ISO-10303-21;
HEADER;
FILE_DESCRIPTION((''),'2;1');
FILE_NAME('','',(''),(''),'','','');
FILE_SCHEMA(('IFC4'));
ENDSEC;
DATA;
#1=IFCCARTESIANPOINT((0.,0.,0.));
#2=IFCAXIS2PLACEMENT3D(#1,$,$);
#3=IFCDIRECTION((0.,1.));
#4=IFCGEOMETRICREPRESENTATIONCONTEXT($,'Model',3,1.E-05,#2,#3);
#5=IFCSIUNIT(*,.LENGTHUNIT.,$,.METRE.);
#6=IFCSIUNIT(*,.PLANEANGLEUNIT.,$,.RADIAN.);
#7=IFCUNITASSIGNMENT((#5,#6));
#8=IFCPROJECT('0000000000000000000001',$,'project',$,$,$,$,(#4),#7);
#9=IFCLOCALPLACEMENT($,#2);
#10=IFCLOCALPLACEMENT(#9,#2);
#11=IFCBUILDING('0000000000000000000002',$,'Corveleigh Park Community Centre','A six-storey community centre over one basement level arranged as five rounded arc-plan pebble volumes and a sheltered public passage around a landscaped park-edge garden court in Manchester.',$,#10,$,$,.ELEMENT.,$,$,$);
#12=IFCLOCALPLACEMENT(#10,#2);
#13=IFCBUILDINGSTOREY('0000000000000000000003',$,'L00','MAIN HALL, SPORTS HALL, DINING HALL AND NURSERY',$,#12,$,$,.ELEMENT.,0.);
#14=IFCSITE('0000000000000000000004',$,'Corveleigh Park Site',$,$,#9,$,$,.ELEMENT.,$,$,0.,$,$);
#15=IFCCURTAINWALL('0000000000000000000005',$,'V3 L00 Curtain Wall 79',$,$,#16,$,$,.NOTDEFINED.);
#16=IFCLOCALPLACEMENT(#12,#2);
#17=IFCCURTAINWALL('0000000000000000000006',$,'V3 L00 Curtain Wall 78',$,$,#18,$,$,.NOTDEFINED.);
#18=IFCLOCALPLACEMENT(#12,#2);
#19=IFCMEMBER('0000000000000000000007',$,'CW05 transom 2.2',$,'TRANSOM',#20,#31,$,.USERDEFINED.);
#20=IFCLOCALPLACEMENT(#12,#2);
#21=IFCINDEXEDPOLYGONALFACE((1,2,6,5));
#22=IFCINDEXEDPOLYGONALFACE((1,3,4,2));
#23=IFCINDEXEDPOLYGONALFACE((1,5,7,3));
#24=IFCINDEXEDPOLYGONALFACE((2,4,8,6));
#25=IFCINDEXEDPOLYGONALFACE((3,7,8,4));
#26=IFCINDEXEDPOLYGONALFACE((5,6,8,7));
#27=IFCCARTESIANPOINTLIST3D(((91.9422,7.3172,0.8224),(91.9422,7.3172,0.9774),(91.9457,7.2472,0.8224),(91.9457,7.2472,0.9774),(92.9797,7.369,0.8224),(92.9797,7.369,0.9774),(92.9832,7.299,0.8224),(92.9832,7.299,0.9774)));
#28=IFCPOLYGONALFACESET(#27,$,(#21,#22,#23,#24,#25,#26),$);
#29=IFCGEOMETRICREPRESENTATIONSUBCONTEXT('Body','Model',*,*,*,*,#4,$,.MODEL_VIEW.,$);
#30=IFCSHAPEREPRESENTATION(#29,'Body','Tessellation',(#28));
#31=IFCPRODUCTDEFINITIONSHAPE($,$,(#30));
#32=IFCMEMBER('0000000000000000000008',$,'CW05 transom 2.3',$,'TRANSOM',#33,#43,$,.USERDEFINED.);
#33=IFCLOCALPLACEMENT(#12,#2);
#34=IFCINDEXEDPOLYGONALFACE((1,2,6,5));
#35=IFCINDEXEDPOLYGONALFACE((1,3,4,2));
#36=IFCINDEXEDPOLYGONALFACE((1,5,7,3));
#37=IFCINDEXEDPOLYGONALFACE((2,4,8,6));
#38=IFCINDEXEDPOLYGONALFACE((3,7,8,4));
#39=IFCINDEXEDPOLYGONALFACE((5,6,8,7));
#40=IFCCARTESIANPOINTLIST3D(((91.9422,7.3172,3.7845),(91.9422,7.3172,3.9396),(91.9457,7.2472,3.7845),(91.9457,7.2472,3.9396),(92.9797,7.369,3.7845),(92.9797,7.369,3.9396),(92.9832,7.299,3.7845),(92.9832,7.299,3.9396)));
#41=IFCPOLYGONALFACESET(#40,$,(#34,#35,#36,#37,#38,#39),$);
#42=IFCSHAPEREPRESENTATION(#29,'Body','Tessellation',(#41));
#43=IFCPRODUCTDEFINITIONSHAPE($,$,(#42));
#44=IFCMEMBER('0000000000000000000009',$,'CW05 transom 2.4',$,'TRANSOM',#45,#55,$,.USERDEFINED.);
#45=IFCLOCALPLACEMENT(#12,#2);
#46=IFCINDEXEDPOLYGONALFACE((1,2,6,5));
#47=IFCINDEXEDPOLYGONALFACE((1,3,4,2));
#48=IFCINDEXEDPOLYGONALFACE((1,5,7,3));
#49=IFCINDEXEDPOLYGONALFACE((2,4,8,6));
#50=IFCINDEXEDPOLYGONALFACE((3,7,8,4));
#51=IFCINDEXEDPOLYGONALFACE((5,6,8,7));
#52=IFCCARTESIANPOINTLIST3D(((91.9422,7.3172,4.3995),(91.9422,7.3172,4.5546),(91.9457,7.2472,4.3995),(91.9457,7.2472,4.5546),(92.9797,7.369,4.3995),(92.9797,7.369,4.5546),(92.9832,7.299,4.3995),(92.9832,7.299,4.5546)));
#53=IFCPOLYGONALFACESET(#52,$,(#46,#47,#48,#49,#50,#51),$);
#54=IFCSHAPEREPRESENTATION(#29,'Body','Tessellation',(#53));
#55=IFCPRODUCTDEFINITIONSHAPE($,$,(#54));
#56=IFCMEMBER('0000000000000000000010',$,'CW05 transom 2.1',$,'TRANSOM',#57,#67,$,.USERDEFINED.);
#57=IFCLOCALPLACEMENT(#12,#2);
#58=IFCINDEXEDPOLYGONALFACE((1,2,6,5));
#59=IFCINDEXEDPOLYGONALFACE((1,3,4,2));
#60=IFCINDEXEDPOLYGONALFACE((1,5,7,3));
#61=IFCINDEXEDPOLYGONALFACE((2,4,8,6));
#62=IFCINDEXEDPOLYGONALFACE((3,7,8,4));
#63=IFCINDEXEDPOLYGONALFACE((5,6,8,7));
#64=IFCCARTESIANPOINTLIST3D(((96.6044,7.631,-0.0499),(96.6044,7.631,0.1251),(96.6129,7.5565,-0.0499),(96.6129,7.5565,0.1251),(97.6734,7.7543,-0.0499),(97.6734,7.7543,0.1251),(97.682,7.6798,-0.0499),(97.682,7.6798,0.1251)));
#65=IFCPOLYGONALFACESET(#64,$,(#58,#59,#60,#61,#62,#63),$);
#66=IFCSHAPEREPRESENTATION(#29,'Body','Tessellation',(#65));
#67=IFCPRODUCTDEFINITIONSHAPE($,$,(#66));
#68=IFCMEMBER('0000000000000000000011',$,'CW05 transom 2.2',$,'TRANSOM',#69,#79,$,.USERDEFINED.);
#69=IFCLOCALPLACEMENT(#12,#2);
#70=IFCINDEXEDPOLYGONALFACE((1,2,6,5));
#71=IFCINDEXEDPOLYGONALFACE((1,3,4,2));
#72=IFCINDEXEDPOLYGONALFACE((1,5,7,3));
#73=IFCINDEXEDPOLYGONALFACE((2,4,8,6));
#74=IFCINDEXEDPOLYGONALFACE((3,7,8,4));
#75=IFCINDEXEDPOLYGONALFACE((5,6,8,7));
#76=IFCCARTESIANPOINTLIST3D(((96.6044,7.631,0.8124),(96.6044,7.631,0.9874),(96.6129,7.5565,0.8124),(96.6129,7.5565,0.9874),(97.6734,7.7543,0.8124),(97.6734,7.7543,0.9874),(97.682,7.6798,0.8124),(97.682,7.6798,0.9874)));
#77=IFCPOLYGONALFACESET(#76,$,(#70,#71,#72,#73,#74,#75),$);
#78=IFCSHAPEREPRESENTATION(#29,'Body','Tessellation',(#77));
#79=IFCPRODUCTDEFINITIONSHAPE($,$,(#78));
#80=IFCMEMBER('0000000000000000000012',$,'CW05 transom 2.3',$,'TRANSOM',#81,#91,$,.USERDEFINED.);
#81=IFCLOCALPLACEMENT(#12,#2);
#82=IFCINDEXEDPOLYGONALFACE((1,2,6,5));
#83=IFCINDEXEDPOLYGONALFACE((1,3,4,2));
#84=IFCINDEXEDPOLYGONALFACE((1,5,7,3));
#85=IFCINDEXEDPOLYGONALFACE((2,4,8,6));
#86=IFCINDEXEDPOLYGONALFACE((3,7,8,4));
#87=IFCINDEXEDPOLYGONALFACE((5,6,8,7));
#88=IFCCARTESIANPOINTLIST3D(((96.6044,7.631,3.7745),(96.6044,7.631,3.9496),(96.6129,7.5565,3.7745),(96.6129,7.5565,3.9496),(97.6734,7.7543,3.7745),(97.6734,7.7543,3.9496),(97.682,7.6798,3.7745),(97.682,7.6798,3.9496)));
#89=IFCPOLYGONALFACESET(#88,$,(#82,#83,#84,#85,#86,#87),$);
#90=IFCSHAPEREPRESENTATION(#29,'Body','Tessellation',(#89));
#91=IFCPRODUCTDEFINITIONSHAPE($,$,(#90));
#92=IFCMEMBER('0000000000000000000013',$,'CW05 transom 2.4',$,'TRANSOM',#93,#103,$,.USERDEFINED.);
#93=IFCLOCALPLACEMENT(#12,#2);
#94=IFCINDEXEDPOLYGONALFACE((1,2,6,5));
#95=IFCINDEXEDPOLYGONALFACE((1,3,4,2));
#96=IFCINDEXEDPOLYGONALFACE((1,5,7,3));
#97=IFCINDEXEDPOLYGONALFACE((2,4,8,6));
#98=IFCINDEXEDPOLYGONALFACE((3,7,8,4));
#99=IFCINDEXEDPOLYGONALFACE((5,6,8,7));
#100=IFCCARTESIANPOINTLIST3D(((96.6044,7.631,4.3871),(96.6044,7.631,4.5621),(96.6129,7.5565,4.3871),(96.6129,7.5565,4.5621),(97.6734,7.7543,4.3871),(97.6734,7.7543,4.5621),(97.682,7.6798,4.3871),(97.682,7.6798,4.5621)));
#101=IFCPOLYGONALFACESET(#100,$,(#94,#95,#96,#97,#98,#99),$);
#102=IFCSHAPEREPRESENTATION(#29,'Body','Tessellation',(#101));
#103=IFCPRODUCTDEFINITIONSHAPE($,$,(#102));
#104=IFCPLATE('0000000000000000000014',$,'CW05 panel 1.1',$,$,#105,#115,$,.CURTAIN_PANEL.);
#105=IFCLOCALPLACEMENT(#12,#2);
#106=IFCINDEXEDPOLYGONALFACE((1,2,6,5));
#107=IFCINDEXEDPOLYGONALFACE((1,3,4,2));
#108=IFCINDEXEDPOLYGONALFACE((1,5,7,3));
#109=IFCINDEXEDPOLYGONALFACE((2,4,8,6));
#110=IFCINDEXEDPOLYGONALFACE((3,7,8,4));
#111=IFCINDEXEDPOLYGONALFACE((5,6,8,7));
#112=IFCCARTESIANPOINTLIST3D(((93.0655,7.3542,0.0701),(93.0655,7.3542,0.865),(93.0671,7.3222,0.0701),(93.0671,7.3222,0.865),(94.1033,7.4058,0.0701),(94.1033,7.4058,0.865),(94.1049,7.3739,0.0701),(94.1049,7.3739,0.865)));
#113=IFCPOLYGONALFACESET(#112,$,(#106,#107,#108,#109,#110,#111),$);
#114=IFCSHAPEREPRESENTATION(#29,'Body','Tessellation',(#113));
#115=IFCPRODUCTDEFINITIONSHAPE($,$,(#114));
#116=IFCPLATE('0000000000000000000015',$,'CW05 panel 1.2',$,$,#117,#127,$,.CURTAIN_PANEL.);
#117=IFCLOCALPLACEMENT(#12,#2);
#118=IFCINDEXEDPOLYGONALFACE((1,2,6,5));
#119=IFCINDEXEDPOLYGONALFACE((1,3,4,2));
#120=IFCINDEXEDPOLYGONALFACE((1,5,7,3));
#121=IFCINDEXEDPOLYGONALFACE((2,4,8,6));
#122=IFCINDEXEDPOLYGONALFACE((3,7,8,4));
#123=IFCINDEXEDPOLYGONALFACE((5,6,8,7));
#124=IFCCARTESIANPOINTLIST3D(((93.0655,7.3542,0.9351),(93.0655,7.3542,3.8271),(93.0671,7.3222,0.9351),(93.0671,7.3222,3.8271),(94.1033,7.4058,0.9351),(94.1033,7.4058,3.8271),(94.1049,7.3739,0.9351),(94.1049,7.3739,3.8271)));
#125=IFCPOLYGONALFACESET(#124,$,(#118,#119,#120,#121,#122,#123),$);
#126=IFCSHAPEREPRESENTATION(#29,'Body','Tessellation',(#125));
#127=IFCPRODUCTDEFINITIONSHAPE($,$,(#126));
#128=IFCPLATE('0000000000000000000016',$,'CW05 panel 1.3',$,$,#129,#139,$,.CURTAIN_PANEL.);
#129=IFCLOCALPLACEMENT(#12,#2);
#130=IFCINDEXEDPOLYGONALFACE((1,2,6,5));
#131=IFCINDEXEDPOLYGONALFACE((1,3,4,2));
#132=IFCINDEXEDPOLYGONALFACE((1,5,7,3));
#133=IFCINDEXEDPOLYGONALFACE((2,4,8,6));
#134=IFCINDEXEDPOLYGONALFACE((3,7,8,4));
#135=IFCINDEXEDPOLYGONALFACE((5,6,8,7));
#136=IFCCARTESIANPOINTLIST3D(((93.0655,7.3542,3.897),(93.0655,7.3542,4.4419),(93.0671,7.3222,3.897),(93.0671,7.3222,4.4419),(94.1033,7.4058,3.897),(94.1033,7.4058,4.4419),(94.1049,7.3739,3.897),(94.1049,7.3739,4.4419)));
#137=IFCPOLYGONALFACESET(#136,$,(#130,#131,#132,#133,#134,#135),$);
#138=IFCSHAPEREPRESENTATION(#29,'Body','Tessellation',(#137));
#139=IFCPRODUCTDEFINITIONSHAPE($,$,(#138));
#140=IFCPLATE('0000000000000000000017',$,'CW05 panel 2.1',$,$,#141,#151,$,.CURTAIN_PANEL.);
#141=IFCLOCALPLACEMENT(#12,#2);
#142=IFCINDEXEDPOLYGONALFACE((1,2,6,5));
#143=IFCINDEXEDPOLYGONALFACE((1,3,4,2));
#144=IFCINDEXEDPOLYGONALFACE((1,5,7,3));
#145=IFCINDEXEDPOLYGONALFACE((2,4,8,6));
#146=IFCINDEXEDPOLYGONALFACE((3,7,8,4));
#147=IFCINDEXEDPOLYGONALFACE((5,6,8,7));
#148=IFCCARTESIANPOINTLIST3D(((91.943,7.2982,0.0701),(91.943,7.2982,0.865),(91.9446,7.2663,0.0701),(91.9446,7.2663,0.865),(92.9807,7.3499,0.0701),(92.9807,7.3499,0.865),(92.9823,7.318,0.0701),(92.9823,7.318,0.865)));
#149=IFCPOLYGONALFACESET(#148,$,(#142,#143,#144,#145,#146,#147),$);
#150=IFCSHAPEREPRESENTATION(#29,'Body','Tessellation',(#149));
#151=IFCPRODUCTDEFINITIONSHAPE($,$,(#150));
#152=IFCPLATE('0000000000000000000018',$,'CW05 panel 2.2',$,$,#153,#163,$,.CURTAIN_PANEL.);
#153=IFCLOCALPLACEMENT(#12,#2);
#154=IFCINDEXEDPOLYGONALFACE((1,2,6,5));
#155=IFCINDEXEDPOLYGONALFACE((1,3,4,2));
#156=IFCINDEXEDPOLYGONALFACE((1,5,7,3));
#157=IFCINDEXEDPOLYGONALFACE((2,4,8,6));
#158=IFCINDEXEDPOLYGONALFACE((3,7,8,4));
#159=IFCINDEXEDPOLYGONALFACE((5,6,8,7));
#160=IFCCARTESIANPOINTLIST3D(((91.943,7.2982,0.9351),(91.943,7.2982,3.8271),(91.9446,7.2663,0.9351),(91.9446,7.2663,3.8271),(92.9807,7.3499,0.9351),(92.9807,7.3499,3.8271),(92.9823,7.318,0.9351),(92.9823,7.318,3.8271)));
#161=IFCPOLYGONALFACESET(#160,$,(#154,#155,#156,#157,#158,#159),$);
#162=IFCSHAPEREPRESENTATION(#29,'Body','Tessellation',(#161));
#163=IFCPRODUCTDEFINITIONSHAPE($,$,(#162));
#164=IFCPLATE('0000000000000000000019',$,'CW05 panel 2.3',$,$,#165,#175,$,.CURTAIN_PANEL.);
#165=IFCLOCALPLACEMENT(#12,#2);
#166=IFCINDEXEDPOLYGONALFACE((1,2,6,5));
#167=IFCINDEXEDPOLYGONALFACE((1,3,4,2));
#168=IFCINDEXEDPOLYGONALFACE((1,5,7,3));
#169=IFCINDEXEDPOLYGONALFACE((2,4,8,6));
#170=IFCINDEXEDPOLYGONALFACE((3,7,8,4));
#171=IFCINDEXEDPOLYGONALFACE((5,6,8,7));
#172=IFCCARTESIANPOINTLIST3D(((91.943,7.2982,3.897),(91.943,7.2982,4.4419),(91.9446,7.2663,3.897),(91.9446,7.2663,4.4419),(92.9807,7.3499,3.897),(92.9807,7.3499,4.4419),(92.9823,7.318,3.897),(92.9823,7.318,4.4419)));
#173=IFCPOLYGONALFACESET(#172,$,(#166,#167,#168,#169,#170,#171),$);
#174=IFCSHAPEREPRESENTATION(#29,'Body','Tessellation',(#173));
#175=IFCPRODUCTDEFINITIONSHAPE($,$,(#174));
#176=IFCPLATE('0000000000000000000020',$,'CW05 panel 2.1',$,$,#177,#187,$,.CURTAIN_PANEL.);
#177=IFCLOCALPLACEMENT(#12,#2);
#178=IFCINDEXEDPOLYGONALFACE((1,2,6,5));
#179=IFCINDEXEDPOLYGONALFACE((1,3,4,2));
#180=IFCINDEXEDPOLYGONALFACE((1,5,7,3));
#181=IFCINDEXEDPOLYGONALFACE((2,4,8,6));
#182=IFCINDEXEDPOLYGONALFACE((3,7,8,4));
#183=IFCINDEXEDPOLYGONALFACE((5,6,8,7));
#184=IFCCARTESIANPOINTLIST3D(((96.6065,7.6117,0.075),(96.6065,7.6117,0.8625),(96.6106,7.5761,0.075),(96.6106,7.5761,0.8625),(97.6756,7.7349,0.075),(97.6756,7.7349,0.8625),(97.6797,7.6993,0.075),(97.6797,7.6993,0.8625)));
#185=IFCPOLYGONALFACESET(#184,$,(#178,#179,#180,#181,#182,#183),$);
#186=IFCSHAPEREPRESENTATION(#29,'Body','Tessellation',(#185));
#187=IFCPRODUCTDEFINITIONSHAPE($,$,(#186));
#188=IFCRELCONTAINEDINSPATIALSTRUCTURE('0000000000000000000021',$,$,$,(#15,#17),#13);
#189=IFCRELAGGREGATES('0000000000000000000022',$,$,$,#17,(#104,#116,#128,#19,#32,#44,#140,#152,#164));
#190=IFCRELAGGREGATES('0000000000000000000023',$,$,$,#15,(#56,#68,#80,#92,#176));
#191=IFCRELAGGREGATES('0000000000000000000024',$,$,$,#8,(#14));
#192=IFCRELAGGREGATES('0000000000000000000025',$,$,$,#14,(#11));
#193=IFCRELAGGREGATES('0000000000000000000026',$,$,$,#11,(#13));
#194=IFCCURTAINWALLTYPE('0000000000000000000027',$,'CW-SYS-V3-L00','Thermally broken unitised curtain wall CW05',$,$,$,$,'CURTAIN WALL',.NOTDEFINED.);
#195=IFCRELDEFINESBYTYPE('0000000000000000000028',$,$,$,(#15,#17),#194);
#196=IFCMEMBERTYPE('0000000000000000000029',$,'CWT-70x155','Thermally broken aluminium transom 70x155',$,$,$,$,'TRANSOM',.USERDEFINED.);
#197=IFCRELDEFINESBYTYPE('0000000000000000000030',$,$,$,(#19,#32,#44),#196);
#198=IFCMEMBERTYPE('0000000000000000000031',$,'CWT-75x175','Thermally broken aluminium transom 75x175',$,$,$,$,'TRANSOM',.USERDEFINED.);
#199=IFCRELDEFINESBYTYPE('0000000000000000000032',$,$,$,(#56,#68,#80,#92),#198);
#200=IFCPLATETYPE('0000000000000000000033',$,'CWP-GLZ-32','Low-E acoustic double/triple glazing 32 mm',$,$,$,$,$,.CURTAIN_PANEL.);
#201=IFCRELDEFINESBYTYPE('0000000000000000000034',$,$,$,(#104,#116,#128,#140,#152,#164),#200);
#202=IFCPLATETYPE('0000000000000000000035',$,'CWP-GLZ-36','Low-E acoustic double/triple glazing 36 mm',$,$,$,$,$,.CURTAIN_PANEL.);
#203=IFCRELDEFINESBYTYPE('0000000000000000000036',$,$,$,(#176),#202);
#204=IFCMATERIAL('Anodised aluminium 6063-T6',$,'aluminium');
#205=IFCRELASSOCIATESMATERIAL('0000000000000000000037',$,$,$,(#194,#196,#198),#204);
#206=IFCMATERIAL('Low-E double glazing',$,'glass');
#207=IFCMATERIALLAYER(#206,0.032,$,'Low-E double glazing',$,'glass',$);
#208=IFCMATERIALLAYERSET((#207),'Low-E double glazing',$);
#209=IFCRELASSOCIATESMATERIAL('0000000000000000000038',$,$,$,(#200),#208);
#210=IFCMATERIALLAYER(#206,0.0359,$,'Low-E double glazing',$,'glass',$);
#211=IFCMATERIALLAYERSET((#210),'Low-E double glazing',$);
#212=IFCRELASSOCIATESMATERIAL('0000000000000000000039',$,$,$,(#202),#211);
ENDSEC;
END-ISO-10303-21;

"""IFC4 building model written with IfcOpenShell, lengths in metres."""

from ifc_helpers import new_model, si_unit, direction, frame, origin, origin_2d, place, context, subcontext, project, spatial, rectangle, extrude, material, layer, layer_set, material_profile, profile_set, type_object, element, aggregate, save


model = new_model("IFC4")

# Units and contexts
model_context = context("Model", 3, precision=1e-05, world=origin(), true_north=direction((0.0, 1.0)))
body_context = subcontext(model_context, "Body", "Model", "MODEL_VIEW")
ifc_project = project(units=[si_unit("LENGTHUNIT", "METRE"), si_unit("PLANEANGLEUNIT", "RADIAN")], contexts=[model_context])

# Site, building, storey
site_placement = place(None, origin())
site = spatial("IfcSite", under=ifc_project, at=site_placement, Name="Corveleigh Park Site", CompositionType="ELEMENT", RefElevation=0.0)
building_placement = place(site_placement, origin())
building = spatial("IfcBuilding", under=site, at=building_placement, Name="Corveleigh Park Community Centre", Description="A six-storey community centre over one basement level arranged as five rounded arc-plan pebble volumes and a sheltered public passage around a landscaped park-edge garden court in Manchester.", CompositionType="ELEMENT")
storey_placement = place(building_placement, origin())
storey = spatial("IfcBuildingStorey", under=building, at=storey_placement, Name="L00", Description="MAIN HALL, SPORTS HALL, DINING HALL AND NURSERY", CompositionType="ELEMENT", Elevation=0.0)

# Curtain wall
ifc_material_1 = material(Name="Anodised aluminium 6063-T6", Category="aluminium")
curtain_wall_type = type_object("IfcCurtainWallType", Name="CW-SYS-V3-L00", Description="Thermally broken unitised curtain wall CW05", ElementType="CURTAIN WALL", PredefinedType="NOTDEFINED", material=ifc_material_1)
curtain_wall_1_placement = place(storey_placement, origin())
curtain_wall_1 = element("IfcCurtainWall", 1, at=curtain_wall_1_placement, inside=storey, type_object=curtain_wall_type, Name="V3 L00 Curtain Wall 79", PredefinedType="NOTDEFINED")

# Curtain wall
curtain_wall_2_placement = place(storey_placement, origin())
curtain_wall_2 = element("IfcCurtainWall", 2, at=curtain_wall_2_placement, inside=storey, type_object=curtain_wall_type, Name="V3 L00 Curtain Wall 78", PredefinedType="NOTDEFINED")

# Members
ifc_material_profile_1 = material_profile(ifc_material_1, rectangle(XDim=0.0701, YDim=0.155, at=origin_2d()), Name="ALU-T70x155", Category="aluminium")
ifc_profile_set_1 = profile_set([ifc_material_profile_1], Name="Anodised aluminium 6063-T6")
member_type_1 = type_object("IfcMemberType", Name="CWT-70x155", Description="Thermally broken aluminium transom 70x155", ElementType="TRANSOM", PredefinedType="USERDEFINED", material=ifc_profile_set_1)
member_1_placement = place(storey_placement, frame((92.9814, 7.334, 0.8999), z_axis=(-0.998758, -0.04982, 0.0), x_axis=(0.04982, -0.998758, 0.0)))
member_1 = element("IfcMember", 3, at=member_1_placement, type_object=member_type_1, Name="CW05 transom 2.2", ObjectType="TRANSOM", PredefinedType="USERDEFINED", context=body_context, shape_type="SweptSolid", body=[
    extrude(rectangle(XDim=0.0701, YDim=0.155, at=origin_2d()), origin(), (0.0, 0.0, 1.0), 1.0388),
])
member_2_placement = place(storey_placement, frame((92.9814, 7.334, 3.8621), z_axis=(-0.998758, -0.04982, 0.0), x_axis=(0.04982, -0.998758, 0.0)))
member_2 = element("IfcMember", 4, at=member_2_placement, type_object=member_type_1, Name="CW05 transom 2.3", ObjectType="TRANSOM", PredefinedType="USERDEFINED", context=body_context, shape_type="SweptSolid", body=[
    extrude(rectangle(XDim=0.0701, YDim=0.155, at=origin_2d()), origin(), (0.0, 0.0, 1.0), 1.0388),
])
member_3_placement = place(storey_placement, frame((92.9814, 7.334, 4.4771), z_axis=(-0.998758, -0.04982, 0.0), x_axis=(0.04982, -0.998758, 0.0)))
member_3 = element("IfcMember", 5, at=member_3_placement, type_object=member_type_1, Name="CW05 transom 2.4", ObjectType="TRANSOM", PredefinedType="USERDEFINED", context=body_context, shape_type="SweptSolid", body=[
    extrude(rectangle(XDim=0.0701, YDim=0.155, at=origin_2d()), origin(), (0.0, 0.0, 1.0), 1.0388),
])
ifc_material_profile_2 = material_profile(ifc_material_1, rectangle(XDim=0.075, YDim=0.175, at=origin_2d()), Name="ALU-T75x175", Category="aluminium")
ifc_profile_set_2 = profile_set([ifc_material_profile_2], Name="Anodised aluminium 6063-T6")
member_type_2 = type_object("IfcMemberType", Name="CWT-75x175", Description="Thermally broken aluminium transom 75x175", ElementType="TRANSOM", PredefinedType="USERDEFINED", material=ifc_profile_set_2)
member_4_placement = place(storey_placement, frame((97.6777, 7.717, 0.0376), z_axis=(-0.993416, -0.114564, 0.0), x_axis=(0.114564, -0.993416, 0.0)))
member_4 = element("IfcMember", 6, at=member_4_placement, type_object=member_type_2, Name="CW05 transom 2.1", ObjectType="TRANSOM", PredefinedType="USERDEFINED", context=body_context, shape_type="SweptSolid", body=[
    extrude(rectangle(XDim=0.075, YDim=0.175, at=origin_2d()), origin(), (0.0, 0.0, 1.0), 1.0762),
])
member_5_placement = place(storey_placement, frame((97.6777, 7.717, 0.8999), z_axis=(-0.993416, -0.114564, 0.0), x_axis=(0.114564, -0.993416, 0.0)))
member_5 = element("IfcMember", 7, at=member_5_placement, type_object=member_type_2, Name="CW05 transom 2.2", ObjectType="TRANSOM", PredefinedType="USERDEFINED", context=body_context, shape_type="SweptSolid", body=[
    extrude(rectangle(XDim=0.075, YDim=0.175, at=origin_2d()), origin(), (0.0, 0.0, 1.0), 1.0762),
])
member_6_placement = place(storey_placement, frame((97.6777, 7.717, 3.8621), z_axis=(-0.993416, -0.114564, 0.0), x_axis=(0.114564, -0.993416, 0.0)))
member_6 = element("IfcMember", 8, at=member_6_placement, type_object=member_type_2, Name="CW05 transom 2.3", ObjectType="TRANSOM", PredefinedType="USERDEFINED", context=body_context, shape_type="SweptSolid", body=[
    extrude(rectangle(XDim=0.075, YDim=0.175, at=origin_2d()), origin(), (0.0, 0.0, 1.0), 1.0762),
])
member_7_placement = place(storey_placement, frame((97.6777, 7.717, 4.4746), z_axis=(-0.993416, -0.114564, 0.0), x_axis=(0.114564, -0.993416, 0.0)))
member_7 = element("IfcMember", 9, at=member_7_placement, type_object=member_type_2, Name="CW05 transom 2.4", ObjectType="TRANSOM", PredefinedType="USERDEFINED", context=body_context, shape_type="SweptSolid", body=[
    extrude(rectangle(XDim=0.075, YDim=0.175, at=origin_2d()), origin(), (0.0, 0.0, 1.0), 1.0762),
])

# Plates
ifc_material_2 = material(Name="Low-E double glazing", Category="glass")
ifc_layer_1 = layer(ifc_material_2, 0.032, Name="Low-E double glazing", Category="glass")
ifc_layer_set_1 = layer_set([ifc_layer_1], Name="Low-E double glazing")
plate_type_1 = type_object("IfcPlateType", Name="CWP-GLZ-32", Description="Low-E acoustic double/triple glazing 32 mm", PredefinedType="CURTAIN_PANEL", material=ifc_layer_set_1)
plate_1_placement = place(storey_placement, frame((93.5852, 7.364, 0.0701), z_axis=(0.0, 0.0, 1.0), x_axis=(-0.998763, -0.049724, 0.0)))
plate_1 = element("IfcPlate", 10, at=plate_1_placement, type_object=plate_type_1, Name="CW05 panel 1.1", PredefinedType="CURTAIN_PANEL", context=body_context, shape_type="SweptSolid", body=[
    extrude(rectangle(XDim=1.0391, YDim=0.032, at=origin_2d()), origin(), (0.0, 0.0, 1.0), 0.7949),
])
plate_2_placement = place(storey_placement, frame((93.5852, 7.364, 0.9351), z_axis=(0.0, 0.0, 1.0), x_axis=(-0.998763, -0.049724, 0.0)))
plate_2 = element("IfcPlate", 11, at=plate_2_placement, type_object=plate_type_1, Name="CW05 panel 1.2", PredefinedType="CURTAIN_PANEL", context=body_context, shape_type="SweptSolid", body=[
    extrude(rectangle(XDim=1.0391, YDim=0.032, at=origin_2d()), origin(), (0.0, 0.0, 1.0), 2.8921),
])
plate_3_placement = place(storey_placement, frame((93.5852, 7.364, 3.897), z_axis=(0.0, 0.0, 1.0), x_axis=(-0.998763, -0.049724, 0.0)))
plate_3 = element("IfcPlate", 12, at=plate_3_placement, type_object=plate_type_1, Name="CW05 panel 1.3", PredefinedType="CURTAIN_PANEL", context=body_context, shape_type="SweptSolid", body=[
    extrude(rectangle(XDim=1.0391, YDim=0.032, at=origin_2d()), origin(), (0.0, 0.0, 1.0), 0.5449),
])
plate_4_placement = place(storey_placement, frame((92.4626, 7.3081, 0.0701), z_axis=(0.0, 0.0, 1.0), x_axis=(-0.998763, -0.049724, 0.0)))
plate_4 = element("IfcPlate", 13, at=plate_4_placement, type_object=plate_type_1, Name="CW05 panel 2.1", PredefinedType="CURTAIN_PANEL", context=body_context, shape_type="SweptSolid", body=[
    extrude(rectangle(XDim=1.0391, YDim=0.032, at=origin_2d()), origin(), (0.0, 0.0, 1.0), 0.7949),
])
plate_5_placement = place(storey_placement, frame((92.4626, 7.3081, 0.9351), z_axis=(0.0, 0.0, 1.0), x_axis=(-0.998763, -0.049724, 0.0)))
plate_5 = element("IfcPlate", 14, at=plate_5_placement, type_object=plate_type_1, Name="CW05 panel 2.2", PredefinedType="CURTAIN_PANEL", context=body_context, shape_type="SweptSolid", body=[
    extrude(rectangle(XDim=1.0391, YDim=0.032, at=origin_2d()), origin(), (0.0, 0.0, 1.0), 2.8921),
])
plate_6_placement = place(storey_placement, frame((92.4626, 7.3081, 3.897), z_axis=(0.0, 0.0, 1.0), x_axis=(-0.998763, -0.049724, 0.0)))
plate_6 = element("IfcPlate", 15, at=plate_6_placement, type_object=plate_type_1, Name="CW05 panel 2.3", PredefinedType="CURTAIN_PANEL", context=body_context, shape_type="SweptSolid", body=[
    extrude(rectangle(XDim=1.0391, YDim=0.032, at=origin_2d()), origin(), (0.0, 0.0, 1.0), 0.5449),
])
aggregate(curtain_wall_2, [plate_1, plate_2, plate_3, member_1, member_2, member_3, plate_4, plate_5, plate_6])
ifc_layer_2 = layer(ifc_material_2, 0.0359, Name="Low-E double glazing", Category="glass")
ifc_layer_set_2 = layer_set([ifc_layer_2], Name="Low-E double glazing")
plate_type_2 = type_object("IfcPlateType", Name="CWP-GLZ-36", Description="Low-E acoustic double/triple glazing 36 mm", PredefinedType="CURTAIN_PANEL", material=ifc_layer_set_2)
plate_7_placement = place(storey_placement, frame((97.1431, 7.6555, 0.075), z_axis=(0.0, 0.0, 1.0), x_axis=(-0.993426, -0.114478, 0.0)))
plate_7 = element("IfcPlate", 16, at=plate_7_placement, type_object=plate_type_2, Name="CW05 panel 2.1", PredefinedType="CURTAIN_PANEL", context=body_context, shape_type="SweptSolid", body=[
    extrude(rectangle(XDim=1.0762, YDim=0.0359, at=origin_2d()), origin(), (0.0, 0.0, 1.0), 0.7876),
])
aggregate(curtain_wall_1, [member_4, member_5, member_6, member_7, plate_7])

save(model, "model.ifc")
